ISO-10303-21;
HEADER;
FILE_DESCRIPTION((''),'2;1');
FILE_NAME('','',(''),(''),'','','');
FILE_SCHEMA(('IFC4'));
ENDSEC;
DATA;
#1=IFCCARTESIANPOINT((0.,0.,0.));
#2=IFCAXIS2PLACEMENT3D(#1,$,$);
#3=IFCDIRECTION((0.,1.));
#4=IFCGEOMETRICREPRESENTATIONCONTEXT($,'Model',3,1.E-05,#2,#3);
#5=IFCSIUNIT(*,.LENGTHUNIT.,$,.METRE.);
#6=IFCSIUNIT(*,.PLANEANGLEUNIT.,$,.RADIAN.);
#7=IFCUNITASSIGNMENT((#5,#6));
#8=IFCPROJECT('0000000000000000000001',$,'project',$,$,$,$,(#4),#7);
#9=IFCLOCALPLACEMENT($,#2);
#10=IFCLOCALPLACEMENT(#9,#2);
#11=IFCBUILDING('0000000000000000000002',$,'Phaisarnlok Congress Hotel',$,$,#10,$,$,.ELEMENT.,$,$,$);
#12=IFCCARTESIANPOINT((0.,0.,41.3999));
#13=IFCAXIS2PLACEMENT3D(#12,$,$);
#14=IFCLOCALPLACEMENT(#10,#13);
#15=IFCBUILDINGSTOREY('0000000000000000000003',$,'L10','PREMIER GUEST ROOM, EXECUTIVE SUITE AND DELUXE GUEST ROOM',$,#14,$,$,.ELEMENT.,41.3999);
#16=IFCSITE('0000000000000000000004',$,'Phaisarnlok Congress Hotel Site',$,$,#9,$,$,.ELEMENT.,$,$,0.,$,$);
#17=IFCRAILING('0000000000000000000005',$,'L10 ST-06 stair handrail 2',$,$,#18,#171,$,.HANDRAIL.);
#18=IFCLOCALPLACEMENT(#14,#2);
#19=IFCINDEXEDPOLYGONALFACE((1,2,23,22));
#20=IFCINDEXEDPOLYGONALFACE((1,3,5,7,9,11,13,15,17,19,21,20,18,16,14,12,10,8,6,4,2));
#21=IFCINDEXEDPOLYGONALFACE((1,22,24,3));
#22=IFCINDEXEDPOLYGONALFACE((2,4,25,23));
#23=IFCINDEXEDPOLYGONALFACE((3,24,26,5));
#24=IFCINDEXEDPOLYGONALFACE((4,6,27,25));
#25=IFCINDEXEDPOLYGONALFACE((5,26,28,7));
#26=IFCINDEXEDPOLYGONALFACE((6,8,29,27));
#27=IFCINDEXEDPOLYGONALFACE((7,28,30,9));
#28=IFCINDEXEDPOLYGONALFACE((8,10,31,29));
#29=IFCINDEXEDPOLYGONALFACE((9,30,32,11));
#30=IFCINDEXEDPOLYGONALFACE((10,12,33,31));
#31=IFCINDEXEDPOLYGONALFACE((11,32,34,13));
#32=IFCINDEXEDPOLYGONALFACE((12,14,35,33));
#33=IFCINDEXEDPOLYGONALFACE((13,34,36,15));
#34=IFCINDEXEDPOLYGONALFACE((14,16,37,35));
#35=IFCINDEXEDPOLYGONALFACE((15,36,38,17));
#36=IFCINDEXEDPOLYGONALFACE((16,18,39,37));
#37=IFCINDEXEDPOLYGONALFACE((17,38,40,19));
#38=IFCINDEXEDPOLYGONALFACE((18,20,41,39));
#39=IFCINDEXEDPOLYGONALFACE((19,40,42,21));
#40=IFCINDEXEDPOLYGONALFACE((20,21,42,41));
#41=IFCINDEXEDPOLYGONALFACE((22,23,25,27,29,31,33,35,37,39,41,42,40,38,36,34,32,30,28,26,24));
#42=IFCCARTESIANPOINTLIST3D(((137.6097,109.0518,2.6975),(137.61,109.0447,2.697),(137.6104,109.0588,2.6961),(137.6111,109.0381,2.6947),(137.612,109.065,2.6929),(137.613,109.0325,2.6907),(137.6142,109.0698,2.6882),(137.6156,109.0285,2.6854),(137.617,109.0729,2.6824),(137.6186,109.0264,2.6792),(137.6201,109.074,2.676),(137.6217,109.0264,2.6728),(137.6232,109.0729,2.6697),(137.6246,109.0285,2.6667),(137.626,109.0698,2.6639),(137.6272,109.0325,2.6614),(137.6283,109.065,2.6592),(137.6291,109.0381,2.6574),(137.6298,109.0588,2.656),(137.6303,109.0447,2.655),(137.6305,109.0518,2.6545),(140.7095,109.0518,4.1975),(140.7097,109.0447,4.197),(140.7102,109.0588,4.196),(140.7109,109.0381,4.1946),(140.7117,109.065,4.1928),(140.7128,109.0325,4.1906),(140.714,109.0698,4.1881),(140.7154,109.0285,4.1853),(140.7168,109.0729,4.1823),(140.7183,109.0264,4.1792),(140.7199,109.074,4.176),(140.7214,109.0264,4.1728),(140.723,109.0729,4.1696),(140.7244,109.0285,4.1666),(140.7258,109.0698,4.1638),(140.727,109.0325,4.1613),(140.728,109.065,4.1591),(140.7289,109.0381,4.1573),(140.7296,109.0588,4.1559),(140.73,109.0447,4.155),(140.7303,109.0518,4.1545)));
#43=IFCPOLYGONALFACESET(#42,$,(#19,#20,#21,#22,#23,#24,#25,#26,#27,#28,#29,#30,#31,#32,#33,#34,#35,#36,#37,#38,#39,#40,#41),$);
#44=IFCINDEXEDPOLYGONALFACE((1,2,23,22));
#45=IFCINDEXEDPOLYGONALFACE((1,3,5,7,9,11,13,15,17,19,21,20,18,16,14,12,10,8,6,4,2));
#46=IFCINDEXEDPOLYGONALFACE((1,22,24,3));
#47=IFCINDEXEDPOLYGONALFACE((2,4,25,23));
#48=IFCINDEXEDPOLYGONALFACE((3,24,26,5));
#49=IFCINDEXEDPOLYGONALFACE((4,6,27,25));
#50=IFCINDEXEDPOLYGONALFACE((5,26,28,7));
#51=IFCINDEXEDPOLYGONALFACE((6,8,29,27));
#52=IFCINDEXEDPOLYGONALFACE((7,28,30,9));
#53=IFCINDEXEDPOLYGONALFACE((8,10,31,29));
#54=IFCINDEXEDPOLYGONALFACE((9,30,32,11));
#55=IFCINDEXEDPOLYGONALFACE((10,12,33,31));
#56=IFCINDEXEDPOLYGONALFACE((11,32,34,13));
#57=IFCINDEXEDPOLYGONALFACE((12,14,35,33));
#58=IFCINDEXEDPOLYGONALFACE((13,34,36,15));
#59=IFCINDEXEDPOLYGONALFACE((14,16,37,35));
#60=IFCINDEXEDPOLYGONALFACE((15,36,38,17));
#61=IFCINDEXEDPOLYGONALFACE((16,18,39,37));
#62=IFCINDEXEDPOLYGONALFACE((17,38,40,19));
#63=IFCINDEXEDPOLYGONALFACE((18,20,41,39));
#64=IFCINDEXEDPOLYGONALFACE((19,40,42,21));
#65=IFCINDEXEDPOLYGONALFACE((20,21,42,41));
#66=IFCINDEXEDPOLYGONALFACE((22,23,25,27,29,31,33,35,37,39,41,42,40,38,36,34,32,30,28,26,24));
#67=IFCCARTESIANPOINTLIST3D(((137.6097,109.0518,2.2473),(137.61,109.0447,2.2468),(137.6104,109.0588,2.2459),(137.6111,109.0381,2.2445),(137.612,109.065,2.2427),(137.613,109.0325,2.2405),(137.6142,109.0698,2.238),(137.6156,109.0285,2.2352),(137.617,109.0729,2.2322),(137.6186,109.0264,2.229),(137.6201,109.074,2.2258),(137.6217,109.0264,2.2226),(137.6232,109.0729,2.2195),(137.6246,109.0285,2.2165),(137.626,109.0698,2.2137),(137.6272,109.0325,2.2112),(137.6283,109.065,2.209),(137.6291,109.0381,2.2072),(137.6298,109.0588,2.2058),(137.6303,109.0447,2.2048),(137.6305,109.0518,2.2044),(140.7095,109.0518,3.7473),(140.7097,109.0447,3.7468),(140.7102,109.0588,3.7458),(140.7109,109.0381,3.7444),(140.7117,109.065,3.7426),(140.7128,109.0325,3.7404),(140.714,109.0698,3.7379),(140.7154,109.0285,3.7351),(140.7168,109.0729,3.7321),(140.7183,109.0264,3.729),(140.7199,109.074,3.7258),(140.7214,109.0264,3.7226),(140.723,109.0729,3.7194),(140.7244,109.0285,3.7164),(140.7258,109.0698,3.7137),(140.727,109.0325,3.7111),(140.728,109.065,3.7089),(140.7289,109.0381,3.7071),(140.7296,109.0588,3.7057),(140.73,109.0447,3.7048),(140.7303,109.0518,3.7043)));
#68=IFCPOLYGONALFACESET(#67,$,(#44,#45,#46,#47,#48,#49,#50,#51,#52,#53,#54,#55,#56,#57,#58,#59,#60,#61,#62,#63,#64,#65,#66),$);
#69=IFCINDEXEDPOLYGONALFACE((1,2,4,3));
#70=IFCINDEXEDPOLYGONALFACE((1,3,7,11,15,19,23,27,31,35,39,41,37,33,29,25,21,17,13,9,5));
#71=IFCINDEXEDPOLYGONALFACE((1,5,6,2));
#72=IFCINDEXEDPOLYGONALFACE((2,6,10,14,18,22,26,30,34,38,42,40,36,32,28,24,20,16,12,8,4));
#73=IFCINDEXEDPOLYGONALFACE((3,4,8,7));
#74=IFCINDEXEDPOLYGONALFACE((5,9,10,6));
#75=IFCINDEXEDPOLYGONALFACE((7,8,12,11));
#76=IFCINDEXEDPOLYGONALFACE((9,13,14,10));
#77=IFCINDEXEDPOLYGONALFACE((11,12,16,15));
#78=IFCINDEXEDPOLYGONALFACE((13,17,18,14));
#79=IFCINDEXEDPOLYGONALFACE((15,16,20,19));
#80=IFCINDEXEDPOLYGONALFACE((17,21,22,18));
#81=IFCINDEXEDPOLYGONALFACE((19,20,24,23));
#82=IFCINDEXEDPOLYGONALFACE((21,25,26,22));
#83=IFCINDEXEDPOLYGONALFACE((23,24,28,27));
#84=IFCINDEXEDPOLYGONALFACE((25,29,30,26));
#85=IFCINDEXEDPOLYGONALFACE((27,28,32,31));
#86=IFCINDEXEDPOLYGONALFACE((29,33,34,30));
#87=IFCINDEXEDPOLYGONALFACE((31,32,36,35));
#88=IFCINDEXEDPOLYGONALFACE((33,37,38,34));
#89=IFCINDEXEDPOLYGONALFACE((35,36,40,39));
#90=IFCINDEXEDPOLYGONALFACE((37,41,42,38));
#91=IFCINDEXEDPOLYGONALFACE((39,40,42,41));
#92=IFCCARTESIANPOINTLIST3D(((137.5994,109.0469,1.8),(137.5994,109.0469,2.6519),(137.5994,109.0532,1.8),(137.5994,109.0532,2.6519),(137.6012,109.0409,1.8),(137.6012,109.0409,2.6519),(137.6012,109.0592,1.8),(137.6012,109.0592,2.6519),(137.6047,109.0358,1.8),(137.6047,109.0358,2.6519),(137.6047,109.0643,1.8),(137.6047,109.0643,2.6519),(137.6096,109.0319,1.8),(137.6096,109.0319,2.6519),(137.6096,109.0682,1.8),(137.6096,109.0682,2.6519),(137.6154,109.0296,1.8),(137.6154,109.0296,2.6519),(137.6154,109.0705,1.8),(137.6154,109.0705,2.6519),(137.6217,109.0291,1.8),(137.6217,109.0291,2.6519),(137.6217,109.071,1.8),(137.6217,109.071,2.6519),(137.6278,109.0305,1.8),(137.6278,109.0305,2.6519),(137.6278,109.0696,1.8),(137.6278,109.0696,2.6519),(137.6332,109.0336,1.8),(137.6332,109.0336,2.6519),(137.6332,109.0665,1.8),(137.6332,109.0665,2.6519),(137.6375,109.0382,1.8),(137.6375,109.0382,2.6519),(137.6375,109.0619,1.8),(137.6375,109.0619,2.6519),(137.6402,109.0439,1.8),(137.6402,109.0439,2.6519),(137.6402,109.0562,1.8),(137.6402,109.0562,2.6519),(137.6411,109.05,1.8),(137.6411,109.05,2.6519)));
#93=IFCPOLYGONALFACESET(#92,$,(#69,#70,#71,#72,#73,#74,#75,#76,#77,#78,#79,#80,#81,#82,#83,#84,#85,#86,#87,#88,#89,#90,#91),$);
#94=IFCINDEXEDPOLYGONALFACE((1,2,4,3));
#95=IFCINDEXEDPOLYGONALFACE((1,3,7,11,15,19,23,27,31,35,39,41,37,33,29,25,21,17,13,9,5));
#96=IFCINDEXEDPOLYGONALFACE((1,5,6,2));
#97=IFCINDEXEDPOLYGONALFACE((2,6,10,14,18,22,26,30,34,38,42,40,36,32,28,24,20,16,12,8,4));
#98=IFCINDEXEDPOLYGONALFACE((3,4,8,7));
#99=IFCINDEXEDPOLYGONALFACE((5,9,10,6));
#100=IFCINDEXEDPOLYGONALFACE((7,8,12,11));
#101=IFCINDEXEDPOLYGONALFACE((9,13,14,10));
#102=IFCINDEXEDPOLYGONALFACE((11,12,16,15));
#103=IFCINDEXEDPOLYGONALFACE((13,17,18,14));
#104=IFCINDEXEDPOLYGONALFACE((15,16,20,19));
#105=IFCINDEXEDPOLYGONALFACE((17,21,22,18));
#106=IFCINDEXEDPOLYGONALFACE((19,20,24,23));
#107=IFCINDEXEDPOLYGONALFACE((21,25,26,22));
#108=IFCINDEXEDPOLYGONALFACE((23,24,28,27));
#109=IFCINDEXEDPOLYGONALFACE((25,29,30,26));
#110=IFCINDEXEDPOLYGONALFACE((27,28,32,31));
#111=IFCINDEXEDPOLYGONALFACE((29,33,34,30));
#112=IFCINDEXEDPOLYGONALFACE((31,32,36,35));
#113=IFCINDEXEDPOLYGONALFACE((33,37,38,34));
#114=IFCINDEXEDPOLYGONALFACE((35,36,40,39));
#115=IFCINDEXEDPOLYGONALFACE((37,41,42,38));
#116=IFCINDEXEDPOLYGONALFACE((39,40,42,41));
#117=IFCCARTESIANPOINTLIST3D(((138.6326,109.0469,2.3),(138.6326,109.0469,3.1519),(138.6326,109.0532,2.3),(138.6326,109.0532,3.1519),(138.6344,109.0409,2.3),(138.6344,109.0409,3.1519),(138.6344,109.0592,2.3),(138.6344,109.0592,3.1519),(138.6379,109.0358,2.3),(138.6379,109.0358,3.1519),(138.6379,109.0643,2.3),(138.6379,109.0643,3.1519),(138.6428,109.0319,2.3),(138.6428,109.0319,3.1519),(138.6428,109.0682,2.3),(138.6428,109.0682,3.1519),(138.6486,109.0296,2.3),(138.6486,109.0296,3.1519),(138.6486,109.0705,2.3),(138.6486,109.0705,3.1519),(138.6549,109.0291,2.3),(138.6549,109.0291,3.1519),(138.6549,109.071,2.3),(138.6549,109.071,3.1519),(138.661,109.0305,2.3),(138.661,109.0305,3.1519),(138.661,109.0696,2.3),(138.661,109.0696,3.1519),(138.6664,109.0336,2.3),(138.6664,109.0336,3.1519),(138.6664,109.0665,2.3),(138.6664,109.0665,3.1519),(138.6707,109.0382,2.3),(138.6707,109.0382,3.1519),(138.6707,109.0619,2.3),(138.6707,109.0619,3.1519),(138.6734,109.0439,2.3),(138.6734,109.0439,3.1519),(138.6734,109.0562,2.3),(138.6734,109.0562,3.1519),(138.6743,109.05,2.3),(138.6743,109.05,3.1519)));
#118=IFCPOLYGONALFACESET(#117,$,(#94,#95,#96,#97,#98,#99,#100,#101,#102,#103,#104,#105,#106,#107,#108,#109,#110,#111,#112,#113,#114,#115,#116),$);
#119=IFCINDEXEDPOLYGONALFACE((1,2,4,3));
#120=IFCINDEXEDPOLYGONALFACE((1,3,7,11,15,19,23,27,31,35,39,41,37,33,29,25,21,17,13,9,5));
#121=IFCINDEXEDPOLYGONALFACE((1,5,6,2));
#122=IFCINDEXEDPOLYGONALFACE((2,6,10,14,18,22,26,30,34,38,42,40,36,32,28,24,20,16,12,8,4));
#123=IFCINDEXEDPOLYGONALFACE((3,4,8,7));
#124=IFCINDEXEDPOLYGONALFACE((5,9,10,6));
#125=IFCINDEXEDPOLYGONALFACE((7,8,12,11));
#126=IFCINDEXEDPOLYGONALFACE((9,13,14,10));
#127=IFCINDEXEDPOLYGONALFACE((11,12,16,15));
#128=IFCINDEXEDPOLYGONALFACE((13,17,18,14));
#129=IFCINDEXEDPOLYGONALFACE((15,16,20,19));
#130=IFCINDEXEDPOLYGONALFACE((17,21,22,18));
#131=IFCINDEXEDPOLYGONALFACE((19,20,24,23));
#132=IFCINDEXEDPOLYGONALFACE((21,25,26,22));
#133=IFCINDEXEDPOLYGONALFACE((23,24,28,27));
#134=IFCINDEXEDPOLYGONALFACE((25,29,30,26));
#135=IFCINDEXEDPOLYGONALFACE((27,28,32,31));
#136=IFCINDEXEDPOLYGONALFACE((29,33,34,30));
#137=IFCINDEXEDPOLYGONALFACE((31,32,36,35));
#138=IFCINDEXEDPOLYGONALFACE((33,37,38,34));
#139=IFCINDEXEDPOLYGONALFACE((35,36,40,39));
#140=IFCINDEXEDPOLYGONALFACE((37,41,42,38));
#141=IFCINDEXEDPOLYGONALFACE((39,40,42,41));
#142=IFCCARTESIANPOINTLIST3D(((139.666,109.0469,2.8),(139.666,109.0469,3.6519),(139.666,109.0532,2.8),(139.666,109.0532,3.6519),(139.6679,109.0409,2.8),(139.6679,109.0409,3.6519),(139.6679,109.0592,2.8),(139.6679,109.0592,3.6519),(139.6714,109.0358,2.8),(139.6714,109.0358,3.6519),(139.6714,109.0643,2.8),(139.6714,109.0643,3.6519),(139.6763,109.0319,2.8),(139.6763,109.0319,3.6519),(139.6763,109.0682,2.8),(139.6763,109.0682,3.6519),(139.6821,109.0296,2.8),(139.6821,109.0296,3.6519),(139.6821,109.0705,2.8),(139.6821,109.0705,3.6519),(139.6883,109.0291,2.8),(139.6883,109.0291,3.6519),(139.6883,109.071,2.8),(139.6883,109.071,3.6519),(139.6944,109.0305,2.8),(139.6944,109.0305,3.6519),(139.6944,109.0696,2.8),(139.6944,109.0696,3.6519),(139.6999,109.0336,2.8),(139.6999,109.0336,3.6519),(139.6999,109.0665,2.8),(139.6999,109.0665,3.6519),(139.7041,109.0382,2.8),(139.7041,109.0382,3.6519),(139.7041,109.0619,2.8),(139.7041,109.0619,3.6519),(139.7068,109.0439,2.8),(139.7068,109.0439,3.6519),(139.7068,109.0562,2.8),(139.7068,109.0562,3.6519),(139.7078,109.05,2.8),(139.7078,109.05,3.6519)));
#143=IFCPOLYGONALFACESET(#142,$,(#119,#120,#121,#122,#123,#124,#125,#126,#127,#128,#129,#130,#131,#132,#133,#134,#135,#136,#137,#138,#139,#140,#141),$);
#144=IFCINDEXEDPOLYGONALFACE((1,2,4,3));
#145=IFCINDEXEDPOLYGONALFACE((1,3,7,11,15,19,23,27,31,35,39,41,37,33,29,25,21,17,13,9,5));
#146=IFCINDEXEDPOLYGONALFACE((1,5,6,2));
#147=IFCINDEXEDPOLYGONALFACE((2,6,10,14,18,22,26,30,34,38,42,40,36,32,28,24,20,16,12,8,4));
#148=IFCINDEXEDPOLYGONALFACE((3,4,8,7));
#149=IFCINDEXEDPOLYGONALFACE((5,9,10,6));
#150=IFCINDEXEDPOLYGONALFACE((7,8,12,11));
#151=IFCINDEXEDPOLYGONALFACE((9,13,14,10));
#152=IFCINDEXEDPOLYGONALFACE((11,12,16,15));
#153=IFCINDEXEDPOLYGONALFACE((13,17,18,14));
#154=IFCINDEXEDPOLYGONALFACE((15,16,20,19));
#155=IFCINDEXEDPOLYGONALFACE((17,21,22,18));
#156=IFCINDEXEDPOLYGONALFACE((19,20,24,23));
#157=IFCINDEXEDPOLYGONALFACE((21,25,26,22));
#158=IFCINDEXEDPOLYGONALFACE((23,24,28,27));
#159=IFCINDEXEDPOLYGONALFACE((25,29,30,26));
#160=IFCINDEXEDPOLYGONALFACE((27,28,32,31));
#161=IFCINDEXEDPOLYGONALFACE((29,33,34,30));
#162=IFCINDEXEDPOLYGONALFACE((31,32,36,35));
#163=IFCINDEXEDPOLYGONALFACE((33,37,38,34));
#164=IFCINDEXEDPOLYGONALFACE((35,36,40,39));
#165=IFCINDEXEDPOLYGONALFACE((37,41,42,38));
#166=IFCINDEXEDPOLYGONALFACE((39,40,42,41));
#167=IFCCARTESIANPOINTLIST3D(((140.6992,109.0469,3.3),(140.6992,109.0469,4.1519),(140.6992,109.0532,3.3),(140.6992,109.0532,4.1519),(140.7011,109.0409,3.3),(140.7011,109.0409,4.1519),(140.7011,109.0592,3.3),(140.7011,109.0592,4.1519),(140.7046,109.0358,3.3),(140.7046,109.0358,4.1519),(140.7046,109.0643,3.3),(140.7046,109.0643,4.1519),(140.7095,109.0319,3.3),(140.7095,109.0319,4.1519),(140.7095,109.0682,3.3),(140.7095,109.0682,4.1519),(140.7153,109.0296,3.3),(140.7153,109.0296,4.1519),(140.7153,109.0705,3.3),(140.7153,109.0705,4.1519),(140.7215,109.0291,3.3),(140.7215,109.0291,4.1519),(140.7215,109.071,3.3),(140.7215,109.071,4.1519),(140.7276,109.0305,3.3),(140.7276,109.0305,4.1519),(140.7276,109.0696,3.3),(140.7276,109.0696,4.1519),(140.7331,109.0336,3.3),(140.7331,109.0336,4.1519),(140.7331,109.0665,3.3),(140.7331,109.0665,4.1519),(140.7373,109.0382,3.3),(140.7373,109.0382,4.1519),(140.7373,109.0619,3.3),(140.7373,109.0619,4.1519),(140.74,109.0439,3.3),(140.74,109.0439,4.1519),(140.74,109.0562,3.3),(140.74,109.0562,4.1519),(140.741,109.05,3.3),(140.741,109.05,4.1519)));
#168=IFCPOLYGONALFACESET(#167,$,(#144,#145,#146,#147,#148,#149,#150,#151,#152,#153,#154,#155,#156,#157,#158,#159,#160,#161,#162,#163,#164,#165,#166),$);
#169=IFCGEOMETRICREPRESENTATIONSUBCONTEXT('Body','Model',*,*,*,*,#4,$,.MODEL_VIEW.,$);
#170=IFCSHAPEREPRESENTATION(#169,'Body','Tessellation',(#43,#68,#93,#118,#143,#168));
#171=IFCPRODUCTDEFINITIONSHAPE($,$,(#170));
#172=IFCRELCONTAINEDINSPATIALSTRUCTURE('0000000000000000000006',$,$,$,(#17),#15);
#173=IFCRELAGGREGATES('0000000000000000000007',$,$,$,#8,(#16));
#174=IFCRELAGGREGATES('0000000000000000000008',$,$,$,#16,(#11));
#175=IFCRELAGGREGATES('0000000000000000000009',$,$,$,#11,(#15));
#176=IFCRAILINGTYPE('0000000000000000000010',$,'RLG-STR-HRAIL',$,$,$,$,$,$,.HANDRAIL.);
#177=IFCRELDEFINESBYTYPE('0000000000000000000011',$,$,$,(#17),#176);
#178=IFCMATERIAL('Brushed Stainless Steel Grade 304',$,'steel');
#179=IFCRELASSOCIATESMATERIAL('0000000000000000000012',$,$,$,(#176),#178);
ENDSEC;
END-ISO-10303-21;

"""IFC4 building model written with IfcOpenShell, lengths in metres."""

from ifc_helpers import new_model, si_unit, direction, frame, origin, origin_2d, place, context, subcontext, project, spatial, circle, extrude, material, type_object, element, save


model = new_model("IFC4")

# Units and contexts
model_context = context("Model", 3, precision=1e-05, world=origin(), true_north=direction((0.0, 1.0)))
body_context = subcontext(model_context, "Body", "Model", "MODEL_VIEW")
ifc_project = project(units=[si_unit("LENGTHUNIT", "METRE"), si_unit("PLANEANGLEUNIT", "RADIAN")], contexts=[model_context])

# Site, building, storey
site_placement = place(None, origin())
site = spatial("IfcSite", under=ifc_project, at=site_placement, Name="Phaisarnlok Congress Hotel Site", CompositionType="ELEMENT", RefElevation=0.0)
building_placement = place(site_placement, origin())
building = spatial("IfcBuilding", under=site, at=building_placement, Name="Phaisarnlok Congress Hotel", CompositionType="ELEMENT")
storey_placement = place(building_placement, frame((0.0, 0.0, 41.3999)))
storey = spatial("IfcBuildingStorey", under=building, at=storey_placement, Name="L10", Description="PREMIER GUEST ROOM, EXECUTIVE SUITE AND DELUXE GUEST ROOM", CompositionType="ELEMENT", Elevation=41.3999)

# Railing
ifc_material_1 = material(Name="Brushed Stainless Steel Grade 304", Category="steel")
railing_type_1 = type_object("IfcRailingType", Name="RLG-STR-HRAIL", PredefinedType="HANDRAIL", material=ifc_material_1)
railing_1_placement = place(storey_placement, frame((137.6201, 109.05, 1.8)))
element("IfcRailing", 1, at=railing_1_placement, inside=storey, type_object=railing_type_1, Name="L10 ST-06 stair handrail 2", PredefinedType="HANDRAIL", context=body_context, shape_type="SweptSolid", body=[
    extrude(circle(Radius=0.0239, at=origin_2d()), frame((0.0, 0.0, 0.876), z_axis=(0.900151, 0.0, 0.435578), x_axis=(0.0, 1.0, 0.0)), (0.0, 0.0, 1.0), 3.4436),
    extrude(circle(Radius=0.0239, at=origin_2d()), frame((0.0, 0.0, 0.4258), z_axis=(0.900151, 0.0, 0.435578), x_axis=(0.0, 1.0, 0.0)), (0.0, 0.0, 1.0), 3.4436),
    extrude(circle(Radius=0.021, at=origin_2d()), origin(), (0.0, 0.0, 1.0), 0.8518),
    extrude(circle(Radius=0.021, at=origin_2d()), frame((1.0332, 0.0, 0.5)), (0.0, 0.0, 1.0), 0.8518),
    extrude(circle(Radius=0.021, at=origin_2d()), frame((2.0667, 0.0, 1.0)), (0.0, 0.0, 1.0), 0.8518),
    extrude(circle(Radius=0.021, at=origin_2d()), frame((3.0999, 0.0, 1.5)), (0.0, 0.0, 1.0), 0.8518),
])

save(model, "model.ifc")
